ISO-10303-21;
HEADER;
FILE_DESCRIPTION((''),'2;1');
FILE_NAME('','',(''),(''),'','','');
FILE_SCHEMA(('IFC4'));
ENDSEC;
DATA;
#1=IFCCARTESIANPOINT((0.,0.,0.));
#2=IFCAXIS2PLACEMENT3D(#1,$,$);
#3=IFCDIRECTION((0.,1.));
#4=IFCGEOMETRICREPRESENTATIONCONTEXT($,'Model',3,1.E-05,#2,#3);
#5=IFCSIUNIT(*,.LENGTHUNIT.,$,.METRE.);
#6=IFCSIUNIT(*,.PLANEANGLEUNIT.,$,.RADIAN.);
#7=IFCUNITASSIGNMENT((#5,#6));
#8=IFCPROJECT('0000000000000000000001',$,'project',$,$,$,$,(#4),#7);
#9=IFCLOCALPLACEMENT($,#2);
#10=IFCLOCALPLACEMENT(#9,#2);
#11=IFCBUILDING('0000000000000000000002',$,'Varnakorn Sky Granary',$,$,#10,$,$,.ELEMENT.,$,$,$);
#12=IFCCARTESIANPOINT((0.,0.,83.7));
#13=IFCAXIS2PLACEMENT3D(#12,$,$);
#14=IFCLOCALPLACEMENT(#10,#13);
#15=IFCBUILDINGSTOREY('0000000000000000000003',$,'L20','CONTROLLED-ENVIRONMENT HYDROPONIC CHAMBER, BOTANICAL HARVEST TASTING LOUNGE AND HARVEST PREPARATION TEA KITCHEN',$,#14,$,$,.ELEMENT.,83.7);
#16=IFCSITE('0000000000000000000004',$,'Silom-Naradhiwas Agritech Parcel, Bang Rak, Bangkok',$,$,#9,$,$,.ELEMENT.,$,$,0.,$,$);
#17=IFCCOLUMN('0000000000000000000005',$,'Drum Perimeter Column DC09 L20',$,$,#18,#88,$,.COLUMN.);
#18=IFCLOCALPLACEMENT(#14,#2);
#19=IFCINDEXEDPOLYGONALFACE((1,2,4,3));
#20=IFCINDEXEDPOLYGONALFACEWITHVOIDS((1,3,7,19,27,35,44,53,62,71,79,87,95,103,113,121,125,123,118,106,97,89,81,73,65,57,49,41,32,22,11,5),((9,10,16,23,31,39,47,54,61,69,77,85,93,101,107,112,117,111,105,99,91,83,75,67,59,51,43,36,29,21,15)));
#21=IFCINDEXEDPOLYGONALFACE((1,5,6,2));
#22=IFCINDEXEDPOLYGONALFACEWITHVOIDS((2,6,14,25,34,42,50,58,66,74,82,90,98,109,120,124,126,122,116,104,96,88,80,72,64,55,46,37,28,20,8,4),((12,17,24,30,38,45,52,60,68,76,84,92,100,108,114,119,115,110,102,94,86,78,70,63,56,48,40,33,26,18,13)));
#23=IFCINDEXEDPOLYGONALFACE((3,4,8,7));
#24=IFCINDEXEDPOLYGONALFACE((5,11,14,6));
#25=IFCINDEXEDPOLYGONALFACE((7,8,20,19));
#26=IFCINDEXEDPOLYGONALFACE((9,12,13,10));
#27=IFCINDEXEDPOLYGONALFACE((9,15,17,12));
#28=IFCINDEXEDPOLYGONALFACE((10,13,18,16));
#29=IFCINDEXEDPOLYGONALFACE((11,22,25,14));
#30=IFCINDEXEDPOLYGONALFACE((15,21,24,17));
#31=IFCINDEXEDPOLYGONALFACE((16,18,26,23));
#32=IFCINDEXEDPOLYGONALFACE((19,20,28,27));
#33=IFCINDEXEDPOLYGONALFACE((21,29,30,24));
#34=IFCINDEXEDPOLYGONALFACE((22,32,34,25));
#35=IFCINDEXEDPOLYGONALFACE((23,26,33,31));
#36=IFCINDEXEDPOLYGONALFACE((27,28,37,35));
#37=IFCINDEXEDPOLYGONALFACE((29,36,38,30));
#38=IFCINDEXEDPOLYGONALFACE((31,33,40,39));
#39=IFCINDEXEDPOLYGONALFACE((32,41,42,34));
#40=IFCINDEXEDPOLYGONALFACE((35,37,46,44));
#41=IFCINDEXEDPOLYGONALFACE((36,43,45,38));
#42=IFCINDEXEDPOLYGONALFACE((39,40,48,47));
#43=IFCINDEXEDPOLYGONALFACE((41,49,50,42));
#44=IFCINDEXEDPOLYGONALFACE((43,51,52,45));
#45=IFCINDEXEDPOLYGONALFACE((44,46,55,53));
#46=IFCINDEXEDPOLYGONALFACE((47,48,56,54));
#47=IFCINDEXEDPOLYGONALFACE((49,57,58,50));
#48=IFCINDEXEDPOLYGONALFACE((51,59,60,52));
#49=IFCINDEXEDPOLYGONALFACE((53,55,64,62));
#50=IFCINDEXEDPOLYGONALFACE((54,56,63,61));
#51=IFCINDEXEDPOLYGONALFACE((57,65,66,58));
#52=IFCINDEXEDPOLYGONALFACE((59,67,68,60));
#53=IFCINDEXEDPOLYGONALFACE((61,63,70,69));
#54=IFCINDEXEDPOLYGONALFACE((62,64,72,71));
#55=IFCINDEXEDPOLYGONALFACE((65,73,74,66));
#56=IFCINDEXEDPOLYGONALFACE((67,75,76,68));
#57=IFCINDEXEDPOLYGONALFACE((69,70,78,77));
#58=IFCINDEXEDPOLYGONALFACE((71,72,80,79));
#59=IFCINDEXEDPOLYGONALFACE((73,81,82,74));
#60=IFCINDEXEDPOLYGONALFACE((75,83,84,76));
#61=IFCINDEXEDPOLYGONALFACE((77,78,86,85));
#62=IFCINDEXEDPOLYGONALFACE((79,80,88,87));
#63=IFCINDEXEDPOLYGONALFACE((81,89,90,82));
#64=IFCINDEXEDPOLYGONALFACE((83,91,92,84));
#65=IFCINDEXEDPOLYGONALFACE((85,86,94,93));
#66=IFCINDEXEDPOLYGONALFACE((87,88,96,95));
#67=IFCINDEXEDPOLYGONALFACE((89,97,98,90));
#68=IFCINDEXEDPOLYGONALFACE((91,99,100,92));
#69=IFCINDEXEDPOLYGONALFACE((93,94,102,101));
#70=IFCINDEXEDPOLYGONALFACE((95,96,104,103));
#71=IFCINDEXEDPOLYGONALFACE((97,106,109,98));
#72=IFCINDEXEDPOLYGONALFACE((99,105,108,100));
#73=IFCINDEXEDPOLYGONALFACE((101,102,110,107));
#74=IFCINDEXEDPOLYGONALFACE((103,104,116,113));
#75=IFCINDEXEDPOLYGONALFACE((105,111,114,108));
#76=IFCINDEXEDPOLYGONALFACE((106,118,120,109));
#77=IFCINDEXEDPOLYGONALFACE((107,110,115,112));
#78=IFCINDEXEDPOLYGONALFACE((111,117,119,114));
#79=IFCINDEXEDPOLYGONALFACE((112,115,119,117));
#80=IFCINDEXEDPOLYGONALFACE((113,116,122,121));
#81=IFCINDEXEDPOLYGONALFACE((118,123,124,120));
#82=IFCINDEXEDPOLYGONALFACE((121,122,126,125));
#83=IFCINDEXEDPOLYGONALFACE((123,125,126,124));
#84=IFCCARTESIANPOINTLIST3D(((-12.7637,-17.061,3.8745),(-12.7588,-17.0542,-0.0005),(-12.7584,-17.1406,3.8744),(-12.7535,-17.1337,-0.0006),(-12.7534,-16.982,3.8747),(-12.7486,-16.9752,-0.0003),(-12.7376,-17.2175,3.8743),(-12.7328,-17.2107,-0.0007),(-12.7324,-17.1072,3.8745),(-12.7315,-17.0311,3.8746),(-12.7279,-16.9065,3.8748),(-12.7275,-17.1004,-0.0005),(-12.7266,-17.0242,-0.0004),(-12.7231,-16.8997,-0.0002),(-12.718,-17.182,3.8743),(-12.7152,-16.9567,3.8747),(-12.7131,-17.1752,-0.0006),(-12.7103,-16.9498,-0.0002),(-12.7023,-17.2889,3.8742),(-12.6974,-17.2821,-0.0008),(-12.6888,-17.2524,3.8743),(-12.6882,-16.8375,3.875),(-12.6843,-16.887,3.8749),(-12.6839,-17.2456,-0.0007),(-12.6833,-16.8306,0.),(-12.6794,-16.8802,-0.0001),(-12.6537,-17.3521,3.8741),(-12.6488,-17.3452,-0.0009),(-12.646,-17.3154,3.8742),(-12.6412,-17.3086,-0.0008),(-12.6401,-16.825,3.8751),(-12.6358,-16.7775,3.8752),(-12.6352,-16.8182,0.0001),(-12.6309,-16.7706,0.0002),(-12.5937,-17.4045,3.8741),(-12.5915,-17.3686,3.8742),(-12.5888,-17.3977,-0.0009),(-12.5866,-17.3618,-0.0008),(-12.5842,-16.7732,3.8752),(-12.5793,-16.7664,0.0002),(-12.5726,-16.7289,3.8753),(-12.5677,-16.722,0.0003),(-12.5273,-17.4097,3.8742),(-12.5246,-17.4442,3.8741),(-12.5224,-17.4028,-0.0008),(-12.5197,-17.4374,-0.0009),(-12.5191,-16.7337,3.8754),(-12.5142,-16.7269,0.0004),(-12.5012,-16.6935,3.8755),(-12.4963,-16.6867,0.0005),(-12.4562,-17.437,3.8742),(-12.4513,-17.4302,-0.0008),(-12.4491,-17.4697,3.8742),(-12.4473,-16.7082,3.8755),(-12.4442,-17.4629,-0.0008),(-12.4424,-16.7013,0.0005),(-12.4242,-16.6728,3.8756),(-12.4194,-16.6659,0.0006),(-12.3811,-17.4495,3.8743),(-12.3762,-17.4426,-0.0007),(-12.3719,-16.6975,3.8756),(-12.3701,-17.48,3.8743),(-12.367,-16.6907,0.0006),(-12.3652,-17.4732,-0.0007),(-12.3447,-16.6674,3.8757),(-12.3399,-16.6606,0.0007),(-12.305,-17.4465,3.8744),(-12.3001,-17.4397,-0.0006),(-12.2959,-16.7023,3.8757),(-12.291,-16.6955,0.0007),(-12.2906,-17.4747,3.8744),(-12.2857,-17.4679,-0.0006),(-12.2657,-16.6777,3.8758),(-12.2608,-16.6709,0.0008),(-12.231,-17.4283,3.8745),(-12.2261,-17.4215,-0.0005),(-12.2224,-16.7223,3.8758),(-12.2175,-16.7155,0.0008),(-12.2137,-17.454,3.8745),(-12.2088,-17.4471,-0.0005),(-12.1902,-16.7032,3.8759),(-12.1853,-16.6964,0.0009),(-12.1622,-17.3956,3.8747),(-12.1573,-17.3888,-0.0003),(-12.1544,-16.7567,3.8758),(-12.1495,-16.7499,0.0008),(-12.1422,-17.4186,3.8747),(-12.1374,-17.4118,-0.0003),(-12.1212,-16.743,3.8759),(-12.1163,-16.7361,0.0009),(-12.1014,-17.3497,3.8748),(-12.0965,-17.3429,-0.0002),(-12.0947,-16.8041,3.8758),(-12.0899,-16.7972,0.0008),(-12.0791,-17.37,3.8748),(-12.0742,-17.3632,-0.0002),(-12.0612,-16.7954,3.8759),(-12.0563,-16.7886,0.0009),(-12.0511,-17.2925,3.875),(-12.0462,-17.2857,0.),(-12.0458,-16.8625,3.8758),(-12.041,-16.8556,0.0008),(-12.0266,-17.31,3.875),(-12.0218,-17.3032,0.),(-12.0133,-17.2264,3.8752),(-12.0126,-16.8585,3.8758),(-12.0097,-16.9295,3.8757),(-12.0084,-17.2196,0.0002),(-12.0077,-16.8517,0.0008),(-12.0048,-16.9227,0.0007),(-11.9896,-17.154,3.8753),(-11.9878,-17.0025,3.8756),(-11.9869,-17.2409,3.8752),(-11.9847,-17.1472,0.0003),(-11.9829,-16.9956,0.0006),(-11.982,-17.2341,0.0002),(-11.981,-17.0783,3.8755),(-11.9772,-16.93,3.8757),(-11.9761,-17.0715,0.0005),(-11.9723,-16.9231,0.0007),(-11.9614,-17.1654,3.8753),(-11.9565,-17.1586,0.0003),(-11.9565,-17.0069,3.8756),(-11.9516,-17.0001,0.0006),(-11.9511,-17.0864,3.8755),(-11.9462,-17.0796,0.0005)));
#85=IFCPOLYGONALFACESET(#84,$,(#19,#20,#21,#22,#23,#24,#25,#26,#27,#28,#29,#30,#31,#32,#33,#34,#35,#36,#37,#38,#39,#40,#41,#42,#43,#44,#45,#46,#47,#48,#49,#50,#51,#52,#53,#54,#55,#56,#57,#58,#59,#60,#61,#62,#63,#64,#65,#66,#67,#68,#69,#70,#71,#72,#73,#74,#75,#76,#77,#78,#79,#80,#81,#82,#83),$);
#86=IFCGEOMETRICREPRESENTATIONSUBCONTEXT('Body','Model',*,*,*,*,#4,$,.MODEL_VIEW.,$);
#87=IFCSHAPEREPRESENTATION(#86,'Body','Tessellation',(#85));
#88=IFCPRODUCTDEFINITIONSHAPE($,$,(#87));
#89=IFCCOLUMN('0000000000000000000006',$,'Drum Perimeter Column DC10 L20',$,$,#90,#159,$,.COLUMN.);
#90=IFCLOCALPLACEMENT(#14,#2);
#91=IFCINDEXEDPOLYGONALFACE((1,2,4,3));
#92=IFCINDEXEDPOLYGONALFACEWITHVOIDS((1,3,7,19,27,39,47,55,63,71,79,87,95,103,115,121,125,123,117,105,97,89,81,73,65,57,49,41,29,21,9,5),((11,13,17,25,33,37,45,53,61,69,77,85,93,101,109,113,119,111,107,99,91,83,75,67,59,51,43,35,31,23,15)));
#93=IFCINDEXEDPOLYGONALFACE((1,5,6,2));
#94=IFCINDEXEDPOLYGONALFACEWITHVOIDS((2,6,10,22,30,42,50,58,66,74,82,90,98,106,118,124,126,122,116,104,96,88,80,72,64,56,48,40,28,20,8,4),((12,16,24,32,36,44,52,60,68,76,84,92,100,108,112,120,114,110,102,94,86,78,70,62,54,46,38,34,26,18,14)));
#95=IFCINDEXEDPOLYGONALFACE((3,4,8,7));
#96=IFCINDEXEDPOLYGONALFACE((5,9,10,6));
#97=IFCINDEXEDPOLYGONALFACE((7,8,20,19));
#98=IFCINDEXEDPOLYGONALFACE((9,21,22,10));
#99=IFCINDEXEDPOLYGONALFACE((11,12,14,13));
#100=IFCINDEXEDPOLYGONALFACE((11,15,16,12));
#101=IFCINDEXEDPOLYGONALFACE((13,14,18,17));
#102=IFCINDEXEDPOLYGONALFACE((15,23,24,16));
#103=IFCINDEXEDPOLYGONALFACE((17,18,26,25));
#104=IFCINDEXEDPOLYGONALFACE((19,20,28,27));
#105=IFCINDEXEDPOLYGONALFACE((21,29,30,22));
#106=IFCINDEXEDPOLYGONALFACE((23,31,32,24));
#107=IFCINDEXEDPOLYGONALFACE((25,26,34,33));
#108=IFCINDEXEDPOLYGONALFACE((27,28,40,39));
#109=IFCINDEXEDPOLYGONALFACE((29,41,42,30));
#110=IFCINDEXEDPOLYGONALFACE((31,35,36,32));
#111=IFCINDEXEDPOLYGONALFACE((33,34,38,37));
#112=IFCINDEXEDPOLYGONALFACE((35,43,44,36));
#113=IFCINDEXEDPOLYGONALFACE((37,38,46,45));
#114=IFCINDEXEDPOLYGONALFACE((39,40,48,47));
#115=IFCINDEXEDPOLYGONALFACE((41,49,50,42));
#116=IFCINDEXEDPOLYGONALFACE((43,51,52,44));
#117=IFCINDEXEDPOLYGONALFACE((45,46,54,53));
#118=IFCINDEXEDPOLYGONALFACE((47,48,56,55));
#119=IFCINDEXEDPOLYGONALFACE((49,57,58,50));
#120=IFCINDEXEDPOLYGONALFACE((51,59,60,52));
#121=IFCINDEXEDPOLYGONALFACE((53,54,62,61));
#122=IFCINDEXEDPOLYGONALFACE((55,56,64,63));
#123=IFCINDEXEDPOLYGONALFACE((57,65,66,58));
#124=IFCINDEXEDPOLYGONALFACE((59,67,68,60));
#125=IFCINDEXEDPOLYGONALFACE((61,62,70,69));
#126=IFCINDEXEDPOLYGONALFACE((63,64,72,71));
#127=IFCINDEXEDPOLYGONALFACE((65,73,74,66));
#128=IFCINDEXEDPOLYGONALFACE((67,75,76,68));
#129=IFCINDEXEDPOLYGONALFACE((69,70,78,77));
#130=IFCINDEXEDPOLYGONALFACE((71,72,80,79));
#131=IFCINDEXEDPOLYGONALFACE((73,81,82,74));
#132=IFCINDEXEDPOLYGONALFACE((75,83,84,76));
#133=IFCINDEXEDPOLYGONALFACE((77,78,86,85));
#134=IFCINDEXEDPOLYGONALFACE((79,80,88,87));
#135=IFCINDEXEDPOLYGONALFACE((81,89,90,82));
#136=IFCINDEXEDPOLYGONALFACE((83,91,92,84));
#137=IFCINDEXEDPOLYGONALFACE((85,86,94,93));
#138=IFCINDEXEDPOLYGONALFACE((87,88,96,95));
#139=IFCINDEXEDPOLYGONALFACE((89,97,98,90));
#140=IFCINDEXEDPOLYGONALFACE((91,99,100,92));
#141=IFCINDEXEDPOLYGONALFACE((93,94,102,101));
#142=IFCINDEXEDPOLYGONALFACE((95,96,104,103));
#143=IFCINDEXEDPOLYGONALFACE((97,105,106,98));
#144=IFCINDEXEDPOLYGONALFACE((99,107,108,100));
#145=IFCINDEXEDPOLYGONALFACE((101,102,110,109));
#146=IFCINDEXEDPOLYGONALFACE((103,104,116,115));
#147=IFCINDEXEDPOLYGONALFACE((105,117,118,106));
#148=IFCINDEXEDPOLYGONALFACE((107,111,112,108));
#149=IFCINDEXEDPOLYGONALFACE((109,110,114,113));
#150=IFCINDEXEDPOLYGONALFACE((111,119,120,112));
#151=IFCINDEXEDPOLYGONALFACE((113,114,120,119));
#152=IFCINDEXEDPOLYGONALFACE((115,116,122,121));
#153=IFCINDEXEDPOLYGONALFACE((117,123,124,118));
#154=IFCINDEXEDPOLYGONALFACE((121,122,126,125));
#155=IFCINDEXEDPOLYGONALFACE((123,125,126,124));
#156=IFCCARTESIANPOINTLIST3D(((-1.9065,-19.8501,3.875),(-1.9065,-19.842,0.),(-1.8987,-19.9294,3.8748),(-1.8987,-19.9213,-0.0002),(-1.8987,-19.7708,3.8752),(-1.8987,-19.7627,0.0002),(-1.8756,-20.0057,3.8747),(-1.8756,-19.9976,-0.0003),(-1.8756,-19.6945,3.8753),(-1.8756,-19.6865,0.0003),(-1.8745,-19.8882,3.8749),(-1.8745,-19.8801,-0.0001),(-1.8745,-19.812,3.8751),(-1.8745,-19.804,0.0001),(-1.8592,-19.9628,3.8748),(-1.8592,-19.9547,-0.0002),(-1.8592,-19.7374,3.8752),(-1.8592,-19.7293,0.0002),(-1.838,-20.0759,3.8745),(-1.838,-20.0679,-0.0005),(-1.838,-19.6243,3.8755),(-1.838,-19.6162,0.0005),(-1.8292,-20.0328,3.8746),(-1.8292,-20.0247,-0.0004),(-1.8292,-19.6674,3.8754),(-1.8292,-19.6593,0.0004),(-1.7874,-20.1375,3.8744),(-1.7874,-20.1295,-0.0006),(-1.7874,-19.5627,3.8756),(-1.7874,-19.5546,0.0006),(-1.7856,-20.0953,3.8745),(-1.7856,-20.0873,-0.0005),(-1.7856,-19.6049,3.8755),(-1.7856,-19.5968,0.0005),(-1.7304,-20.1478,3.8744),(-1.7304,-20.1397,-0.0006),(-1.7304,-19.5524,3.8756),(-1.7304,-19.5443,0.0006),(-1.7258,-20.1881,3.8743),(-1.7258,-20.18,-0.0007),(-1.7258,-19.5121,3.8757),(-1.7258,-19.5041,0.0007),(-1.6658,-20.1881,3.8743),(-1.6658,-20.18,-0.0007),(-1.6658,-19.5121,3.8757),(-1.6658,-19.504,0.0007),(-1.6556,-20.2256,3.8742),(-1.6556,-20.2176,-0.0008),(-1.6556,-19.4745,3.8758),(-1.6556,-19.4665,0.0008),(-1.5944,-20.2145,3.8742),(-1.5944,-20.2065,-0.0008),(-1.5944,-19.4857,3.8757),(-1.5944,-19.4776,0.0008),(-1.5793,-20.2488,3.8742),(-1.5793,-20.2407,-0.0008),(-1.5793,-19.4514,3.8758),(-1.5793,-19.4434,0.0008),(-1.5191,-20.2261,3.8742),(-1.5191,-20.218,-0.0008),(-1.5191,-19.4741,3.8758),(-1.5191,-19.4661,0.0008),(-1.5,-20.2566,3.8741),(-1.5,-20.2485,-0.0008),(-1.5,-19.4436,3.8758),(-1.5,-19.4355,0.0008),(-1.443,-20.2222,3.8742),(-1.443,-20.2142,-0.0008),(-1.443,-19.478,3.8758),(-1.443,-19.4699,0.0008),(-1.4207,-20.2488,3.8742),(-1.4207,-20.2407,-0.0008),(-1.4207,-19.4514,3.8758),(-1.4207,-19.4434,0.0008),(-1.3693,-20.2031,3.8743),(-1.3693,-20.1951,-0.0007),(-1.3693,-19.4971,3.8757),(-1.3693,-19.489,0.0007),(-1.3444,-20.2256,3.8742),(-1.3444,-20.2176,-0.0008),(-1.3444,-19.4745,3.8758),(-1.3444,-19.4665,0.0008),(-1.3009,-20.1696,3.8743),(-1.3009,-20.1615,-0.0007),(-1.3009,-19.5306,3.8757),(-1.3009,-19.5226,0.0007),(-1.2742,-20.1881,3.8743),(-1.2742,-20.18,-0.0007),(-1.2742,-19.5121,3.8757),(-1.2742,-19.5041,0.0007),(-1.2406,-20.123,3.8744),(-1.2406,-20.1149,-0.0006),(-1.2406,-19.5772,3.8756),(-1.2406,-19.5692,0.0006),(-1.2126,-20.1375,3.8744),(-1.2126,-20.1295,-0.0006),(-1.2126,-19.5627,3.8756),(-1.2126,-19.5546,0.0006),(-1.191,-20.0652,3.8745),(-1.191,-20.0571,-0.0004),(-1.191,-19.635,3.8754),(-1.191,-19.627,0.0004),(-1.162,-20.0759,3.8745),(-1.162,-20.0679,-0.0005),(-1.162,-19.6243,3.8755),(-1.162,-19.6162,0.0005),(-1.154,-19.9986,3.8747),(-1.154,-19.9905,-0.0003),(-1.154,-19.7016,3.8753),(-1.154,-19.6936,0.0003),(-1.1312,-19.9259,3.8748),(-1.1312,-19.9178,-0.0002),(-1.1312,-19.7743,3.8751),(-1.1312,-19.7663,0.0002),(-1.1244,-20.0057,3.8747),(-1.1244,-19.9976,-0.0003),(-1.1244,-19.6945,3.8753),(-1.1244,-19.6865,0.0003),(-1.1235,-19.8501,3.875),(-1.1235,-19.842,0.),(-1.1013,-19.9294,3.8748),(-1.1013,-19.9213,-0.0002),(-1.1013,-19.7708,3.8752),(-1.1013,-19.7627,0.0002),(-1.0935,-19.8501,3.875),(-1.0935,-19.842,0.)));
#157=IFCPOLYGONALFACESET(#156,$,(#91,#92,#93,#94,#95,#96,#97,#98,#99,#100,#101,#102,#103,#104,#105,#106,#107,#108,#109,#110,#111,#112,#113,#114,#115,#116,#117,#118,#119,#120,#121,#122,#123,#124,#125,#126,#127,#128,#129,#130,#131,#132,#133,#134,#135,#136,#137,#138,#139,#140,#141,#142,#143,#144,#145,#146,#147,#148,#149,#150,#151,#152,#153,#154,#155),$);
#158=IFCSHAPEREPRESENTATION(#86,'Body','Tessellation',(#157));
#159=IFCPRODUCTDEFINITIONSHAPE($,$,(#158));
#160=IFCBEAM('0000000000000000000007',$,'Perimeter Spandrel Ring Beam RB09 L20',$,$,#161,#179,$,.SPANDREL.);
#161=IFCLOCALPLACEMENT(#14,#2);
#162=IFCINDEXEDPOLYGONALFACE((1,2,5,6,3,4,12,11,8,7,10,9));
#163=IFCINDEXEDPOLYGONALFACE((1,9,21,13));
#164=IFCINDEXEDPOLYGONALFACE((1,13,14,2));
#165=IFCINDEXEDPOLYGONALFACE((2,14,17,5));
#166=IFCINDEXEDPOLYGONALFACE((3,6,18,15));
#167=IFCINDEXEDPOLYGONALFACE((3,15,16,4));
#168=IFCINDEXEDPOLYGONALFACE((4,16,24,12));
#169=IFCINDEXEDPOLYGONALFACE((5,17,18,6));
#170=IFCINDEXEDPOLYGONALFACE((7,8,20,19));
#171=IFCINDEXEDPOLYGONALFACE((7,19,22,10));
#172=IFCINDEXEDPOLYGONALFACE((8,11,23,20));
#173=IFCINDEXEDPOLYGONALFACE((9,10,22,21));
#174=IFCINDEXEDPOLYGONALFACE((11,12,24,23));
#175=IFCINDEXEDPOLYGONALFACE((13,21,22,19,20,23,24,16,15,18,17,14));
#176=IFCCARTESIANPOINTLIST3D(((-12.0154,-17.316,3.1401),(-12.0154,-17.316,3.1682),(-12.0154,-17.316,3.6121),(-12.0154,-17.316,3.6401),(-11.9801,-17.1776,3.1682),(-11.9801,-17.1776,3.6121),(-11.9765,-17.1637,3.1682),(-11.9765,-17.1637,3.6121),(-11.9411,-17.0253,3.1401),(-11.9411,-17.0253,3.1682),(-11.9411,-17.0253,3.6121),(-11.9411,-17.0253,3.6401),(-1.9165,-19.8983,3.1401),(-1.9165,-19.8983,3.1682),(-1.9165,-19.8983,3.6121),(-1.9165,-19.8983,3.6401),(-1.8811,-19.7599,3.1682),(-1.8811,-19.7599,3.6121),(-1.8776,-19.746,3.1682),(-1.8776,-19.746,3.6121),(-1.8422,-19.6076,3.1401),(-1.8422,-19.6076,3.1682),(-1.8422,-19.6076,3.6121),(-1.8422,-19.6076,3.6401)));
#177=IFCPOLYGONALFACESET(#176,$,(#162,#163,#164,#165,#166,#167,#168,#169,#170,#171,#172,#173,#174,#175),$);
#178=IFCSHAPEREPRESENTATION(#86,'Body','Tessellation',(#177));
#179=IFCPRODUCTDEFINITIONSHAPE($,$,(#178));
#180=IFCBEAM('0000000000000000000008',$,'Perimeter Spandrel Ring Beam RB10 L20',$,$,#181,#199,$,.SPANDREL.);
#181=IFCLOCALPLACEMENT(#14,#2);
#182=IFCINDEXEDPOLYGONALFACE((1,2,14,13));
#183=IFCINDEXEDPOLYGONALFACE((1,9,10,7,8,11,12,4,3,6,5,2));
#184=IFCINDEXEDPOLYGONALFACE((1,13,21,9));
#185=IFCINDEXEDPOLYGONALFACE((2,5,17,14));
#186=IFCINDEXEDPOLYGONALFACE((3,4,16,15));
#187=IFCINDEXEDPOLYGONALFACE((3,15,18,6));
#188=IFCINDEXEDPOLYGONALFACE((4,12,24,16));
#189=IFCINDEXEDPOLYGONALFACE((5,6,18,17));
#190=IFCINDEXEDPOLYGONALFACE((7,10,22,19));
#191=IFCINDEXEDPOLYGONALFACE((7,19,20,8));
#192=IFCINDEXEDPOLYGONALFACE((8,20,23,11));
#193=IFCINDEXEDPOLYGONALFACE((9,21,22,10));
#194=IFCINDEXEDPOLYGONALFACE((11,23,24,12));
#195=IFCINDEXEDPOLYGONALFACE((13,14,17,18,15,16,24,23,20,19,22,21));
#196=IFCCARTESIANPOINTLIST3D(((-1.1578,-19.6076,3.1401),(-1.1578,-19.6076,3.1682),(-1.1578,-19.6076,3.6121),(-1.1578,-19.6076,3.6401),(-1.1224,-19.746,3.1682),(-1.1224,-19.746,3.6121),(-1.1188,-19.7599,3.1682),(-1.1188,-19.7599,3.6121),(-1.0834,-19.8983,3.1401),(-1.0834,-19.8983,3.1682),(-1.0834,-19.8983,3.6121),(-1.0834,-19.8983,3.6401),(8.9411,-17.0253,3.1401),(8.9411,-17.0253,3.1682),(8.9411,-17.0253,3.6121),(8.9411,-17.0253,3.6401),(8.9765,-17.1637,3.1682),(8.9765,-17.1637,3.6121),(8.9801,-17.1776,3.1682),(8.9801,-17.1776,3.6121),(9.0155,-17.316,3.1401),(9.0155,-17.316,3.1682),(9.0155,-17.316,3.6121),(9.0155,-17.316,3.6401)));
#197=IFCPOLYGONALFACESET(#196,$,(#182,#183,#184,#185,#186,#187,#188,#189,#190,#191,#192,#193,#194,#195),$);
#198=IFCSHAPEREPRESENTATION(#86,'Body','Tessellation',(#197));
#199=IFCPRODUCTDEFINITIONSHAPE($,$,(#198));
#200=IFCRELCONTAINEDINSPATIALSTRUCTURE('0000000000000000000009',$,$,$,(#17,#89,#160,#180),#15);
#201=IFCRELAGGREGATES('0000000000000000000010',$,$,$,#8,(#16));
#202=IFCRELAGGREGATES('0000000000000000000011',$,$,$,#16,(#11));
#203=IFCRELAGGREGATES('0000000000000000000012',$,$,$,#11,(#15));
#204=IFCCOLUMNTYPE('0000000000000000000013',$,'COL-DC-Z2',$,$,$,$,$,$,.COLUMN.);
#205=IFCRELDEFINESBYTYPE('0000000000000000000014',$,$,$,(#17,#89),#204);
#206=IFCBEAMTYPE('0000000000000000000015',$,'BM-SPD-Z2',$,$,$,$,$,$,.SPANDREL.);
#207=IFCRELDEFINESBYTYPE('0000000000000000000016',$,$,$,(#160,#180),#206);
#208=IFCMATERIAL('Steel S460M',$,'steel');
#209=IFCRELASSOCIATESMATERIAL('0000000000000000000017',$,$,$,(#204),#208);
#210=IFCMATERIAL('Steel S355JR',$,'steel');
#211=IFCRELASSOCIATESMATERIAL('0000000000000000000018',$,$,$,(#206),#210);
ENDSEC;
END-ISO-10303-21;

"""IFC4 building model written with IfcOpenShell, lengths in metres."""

from ifc_helpers import new_model, si_unit, direction, frame, origin, origin_2d, place, context, subcontext, project, spatial, hollow_circle, i_section, extrude, material, material_profile, profile_set, type_object, element, save


model = new_model("IFC4")

# Units and contexts
model_context = context("Model", 3, precision=1e-05, world=origin(), true_north=direction((0.0, 1.0)))
body_context = subcontext(model_context, "Body", "Model", "MODEL_VIEW")
ifc_project = project(units=[si_unit("LENGTHUNIT", "METRE"), si_unit("PLANEANGLEUNIT", "RADIAN")], contexts=[model_context])

# Site, building, storey
site_placement = place(None, origin())
site = spatial("IfcSite", under=ifc_project, at=site_placement, Name="Silom-Naradhiwas Agritech Parcel, Bang Rak, Bangkok", CompositionType="ELEMENT", RefElevation=0.0)
building_placement = place(site_placement, origin())
building = spatial("IfcBuilding", under=site, at=building_placement, Name="Varnakorn Sky Granary", CompositionType="ELEMENT")
storey_placement = place(building_placement, frame((0.0, 0.0, 83.7)))
storey = spatial("IfcBuildingStorey", under=building, at=storey_placement, Name="L20", Description="CONTROLLED-ENVIRONMENT HYDROPONIC CHAMBER, BOTANICAL HARVEST TASTING LOUNGE AND HARVEST PREPARATION TEA KITCHEN", CompositionType="ELEMENT", Elevation=83.7)

# Columns
ifc_material_1 = material(Name="Steel S460M", Category="steel")
ifc_material_profile_1 = material_profile(ifc_material_1, hollow_circle(Radius=0.4065, WallThickness=0.03, at=origin_2d()), Name="CHS 813x30")
ifc_profile_set_1 = profile_set([ifc_material_profile_1], Name="Steel S460M")
column_type = type_object("IfcColumnType", Name="COL-DC-Z2", PredefinedType="COLUMN", material=ifc_profile_set_1)
for number, where, z_axis, x_axis, name in (
    (1, (-12.3525, -17.0669, 0.0), (-0.00126, -0.001764, 0.999998), (0.813733, -0.581238, 0.0), "Drum Perimeter Column DC09 L20"),
    (2, (-1.5, -19.842, 0.0), (0.0, -0.002079, 0.999998), (1.0, 0.0, 0.0), "Drum Perimeter Column DC10 L20"),
):
    element("IfcColumn", number, at=place(storey_placement, frame(where, z_axis=z_axis, x_axis=x_axis)), inside=storey, type_object=column_type, Name=name, PredefinedType="COLUMN", context=body_context, shape_type="SweptSolid", body=[
        extrude(hollow_circle(Radius=0.4065, WallThickness=0.03, at=origin_2d()), origin(), (0.0, 0.0, 1.0), 3.875),
    ])

# Beams
ifc_material_2 = material(Name="Steel S355JR", Category="steel")
ifc_material_profile_2 = material_profile(ifc_material_2, i_section(OverallWidth=0.3, OverallDepth=0.5, WebThickness=0.0144, FlangeThickness=0.0281, at=origin_2d()), Name="HE 500 B")
ifc_profile_set_2 = profile_set([ifc_material_profile_2], Name="Steel S355JR")
beam_type = type_object("IfcBeamType", Name="BM-SPD-Z2", PredefinedType="SPANDREL", material=ifc_profile_set_2)
for number, where, z_axis, x_axis, name in (
    (3, (-11.9783, -17.1707, 3.3901), (0.968829, -0.247729, 0.0), (0.247729, 0.968829, 0.0), "Perimeter Spandrel Ring Beam RB09 L20"),
    (4, (-1.1206, -19.7529, 3.3901), (0.968829, 0.247729, 0.0), (-0.247729, 0.968829, 0.0), "Perimeter Spandrel Ring Beam RB10 L20"),
):
    element("IfcBeam", number, at=place(storey_placement, frame(where, z_axis=z_axis, x_axis=x_axis)), inside=storey, type_object=beam_type, Name=name, PredefinedType="SPANDREL", context=body_context, shape_type="SweptSolid", body=[
        extrude(i_section(OverallWidth=0.3, OverallDepth=0.5, WebThickness=0.0144, FlangeThickness=0.0281, at=origin_2d()), origin(), (0.0, 0.0, 1.0), 10.4238),
    ])

save(model, "model.ifc")
